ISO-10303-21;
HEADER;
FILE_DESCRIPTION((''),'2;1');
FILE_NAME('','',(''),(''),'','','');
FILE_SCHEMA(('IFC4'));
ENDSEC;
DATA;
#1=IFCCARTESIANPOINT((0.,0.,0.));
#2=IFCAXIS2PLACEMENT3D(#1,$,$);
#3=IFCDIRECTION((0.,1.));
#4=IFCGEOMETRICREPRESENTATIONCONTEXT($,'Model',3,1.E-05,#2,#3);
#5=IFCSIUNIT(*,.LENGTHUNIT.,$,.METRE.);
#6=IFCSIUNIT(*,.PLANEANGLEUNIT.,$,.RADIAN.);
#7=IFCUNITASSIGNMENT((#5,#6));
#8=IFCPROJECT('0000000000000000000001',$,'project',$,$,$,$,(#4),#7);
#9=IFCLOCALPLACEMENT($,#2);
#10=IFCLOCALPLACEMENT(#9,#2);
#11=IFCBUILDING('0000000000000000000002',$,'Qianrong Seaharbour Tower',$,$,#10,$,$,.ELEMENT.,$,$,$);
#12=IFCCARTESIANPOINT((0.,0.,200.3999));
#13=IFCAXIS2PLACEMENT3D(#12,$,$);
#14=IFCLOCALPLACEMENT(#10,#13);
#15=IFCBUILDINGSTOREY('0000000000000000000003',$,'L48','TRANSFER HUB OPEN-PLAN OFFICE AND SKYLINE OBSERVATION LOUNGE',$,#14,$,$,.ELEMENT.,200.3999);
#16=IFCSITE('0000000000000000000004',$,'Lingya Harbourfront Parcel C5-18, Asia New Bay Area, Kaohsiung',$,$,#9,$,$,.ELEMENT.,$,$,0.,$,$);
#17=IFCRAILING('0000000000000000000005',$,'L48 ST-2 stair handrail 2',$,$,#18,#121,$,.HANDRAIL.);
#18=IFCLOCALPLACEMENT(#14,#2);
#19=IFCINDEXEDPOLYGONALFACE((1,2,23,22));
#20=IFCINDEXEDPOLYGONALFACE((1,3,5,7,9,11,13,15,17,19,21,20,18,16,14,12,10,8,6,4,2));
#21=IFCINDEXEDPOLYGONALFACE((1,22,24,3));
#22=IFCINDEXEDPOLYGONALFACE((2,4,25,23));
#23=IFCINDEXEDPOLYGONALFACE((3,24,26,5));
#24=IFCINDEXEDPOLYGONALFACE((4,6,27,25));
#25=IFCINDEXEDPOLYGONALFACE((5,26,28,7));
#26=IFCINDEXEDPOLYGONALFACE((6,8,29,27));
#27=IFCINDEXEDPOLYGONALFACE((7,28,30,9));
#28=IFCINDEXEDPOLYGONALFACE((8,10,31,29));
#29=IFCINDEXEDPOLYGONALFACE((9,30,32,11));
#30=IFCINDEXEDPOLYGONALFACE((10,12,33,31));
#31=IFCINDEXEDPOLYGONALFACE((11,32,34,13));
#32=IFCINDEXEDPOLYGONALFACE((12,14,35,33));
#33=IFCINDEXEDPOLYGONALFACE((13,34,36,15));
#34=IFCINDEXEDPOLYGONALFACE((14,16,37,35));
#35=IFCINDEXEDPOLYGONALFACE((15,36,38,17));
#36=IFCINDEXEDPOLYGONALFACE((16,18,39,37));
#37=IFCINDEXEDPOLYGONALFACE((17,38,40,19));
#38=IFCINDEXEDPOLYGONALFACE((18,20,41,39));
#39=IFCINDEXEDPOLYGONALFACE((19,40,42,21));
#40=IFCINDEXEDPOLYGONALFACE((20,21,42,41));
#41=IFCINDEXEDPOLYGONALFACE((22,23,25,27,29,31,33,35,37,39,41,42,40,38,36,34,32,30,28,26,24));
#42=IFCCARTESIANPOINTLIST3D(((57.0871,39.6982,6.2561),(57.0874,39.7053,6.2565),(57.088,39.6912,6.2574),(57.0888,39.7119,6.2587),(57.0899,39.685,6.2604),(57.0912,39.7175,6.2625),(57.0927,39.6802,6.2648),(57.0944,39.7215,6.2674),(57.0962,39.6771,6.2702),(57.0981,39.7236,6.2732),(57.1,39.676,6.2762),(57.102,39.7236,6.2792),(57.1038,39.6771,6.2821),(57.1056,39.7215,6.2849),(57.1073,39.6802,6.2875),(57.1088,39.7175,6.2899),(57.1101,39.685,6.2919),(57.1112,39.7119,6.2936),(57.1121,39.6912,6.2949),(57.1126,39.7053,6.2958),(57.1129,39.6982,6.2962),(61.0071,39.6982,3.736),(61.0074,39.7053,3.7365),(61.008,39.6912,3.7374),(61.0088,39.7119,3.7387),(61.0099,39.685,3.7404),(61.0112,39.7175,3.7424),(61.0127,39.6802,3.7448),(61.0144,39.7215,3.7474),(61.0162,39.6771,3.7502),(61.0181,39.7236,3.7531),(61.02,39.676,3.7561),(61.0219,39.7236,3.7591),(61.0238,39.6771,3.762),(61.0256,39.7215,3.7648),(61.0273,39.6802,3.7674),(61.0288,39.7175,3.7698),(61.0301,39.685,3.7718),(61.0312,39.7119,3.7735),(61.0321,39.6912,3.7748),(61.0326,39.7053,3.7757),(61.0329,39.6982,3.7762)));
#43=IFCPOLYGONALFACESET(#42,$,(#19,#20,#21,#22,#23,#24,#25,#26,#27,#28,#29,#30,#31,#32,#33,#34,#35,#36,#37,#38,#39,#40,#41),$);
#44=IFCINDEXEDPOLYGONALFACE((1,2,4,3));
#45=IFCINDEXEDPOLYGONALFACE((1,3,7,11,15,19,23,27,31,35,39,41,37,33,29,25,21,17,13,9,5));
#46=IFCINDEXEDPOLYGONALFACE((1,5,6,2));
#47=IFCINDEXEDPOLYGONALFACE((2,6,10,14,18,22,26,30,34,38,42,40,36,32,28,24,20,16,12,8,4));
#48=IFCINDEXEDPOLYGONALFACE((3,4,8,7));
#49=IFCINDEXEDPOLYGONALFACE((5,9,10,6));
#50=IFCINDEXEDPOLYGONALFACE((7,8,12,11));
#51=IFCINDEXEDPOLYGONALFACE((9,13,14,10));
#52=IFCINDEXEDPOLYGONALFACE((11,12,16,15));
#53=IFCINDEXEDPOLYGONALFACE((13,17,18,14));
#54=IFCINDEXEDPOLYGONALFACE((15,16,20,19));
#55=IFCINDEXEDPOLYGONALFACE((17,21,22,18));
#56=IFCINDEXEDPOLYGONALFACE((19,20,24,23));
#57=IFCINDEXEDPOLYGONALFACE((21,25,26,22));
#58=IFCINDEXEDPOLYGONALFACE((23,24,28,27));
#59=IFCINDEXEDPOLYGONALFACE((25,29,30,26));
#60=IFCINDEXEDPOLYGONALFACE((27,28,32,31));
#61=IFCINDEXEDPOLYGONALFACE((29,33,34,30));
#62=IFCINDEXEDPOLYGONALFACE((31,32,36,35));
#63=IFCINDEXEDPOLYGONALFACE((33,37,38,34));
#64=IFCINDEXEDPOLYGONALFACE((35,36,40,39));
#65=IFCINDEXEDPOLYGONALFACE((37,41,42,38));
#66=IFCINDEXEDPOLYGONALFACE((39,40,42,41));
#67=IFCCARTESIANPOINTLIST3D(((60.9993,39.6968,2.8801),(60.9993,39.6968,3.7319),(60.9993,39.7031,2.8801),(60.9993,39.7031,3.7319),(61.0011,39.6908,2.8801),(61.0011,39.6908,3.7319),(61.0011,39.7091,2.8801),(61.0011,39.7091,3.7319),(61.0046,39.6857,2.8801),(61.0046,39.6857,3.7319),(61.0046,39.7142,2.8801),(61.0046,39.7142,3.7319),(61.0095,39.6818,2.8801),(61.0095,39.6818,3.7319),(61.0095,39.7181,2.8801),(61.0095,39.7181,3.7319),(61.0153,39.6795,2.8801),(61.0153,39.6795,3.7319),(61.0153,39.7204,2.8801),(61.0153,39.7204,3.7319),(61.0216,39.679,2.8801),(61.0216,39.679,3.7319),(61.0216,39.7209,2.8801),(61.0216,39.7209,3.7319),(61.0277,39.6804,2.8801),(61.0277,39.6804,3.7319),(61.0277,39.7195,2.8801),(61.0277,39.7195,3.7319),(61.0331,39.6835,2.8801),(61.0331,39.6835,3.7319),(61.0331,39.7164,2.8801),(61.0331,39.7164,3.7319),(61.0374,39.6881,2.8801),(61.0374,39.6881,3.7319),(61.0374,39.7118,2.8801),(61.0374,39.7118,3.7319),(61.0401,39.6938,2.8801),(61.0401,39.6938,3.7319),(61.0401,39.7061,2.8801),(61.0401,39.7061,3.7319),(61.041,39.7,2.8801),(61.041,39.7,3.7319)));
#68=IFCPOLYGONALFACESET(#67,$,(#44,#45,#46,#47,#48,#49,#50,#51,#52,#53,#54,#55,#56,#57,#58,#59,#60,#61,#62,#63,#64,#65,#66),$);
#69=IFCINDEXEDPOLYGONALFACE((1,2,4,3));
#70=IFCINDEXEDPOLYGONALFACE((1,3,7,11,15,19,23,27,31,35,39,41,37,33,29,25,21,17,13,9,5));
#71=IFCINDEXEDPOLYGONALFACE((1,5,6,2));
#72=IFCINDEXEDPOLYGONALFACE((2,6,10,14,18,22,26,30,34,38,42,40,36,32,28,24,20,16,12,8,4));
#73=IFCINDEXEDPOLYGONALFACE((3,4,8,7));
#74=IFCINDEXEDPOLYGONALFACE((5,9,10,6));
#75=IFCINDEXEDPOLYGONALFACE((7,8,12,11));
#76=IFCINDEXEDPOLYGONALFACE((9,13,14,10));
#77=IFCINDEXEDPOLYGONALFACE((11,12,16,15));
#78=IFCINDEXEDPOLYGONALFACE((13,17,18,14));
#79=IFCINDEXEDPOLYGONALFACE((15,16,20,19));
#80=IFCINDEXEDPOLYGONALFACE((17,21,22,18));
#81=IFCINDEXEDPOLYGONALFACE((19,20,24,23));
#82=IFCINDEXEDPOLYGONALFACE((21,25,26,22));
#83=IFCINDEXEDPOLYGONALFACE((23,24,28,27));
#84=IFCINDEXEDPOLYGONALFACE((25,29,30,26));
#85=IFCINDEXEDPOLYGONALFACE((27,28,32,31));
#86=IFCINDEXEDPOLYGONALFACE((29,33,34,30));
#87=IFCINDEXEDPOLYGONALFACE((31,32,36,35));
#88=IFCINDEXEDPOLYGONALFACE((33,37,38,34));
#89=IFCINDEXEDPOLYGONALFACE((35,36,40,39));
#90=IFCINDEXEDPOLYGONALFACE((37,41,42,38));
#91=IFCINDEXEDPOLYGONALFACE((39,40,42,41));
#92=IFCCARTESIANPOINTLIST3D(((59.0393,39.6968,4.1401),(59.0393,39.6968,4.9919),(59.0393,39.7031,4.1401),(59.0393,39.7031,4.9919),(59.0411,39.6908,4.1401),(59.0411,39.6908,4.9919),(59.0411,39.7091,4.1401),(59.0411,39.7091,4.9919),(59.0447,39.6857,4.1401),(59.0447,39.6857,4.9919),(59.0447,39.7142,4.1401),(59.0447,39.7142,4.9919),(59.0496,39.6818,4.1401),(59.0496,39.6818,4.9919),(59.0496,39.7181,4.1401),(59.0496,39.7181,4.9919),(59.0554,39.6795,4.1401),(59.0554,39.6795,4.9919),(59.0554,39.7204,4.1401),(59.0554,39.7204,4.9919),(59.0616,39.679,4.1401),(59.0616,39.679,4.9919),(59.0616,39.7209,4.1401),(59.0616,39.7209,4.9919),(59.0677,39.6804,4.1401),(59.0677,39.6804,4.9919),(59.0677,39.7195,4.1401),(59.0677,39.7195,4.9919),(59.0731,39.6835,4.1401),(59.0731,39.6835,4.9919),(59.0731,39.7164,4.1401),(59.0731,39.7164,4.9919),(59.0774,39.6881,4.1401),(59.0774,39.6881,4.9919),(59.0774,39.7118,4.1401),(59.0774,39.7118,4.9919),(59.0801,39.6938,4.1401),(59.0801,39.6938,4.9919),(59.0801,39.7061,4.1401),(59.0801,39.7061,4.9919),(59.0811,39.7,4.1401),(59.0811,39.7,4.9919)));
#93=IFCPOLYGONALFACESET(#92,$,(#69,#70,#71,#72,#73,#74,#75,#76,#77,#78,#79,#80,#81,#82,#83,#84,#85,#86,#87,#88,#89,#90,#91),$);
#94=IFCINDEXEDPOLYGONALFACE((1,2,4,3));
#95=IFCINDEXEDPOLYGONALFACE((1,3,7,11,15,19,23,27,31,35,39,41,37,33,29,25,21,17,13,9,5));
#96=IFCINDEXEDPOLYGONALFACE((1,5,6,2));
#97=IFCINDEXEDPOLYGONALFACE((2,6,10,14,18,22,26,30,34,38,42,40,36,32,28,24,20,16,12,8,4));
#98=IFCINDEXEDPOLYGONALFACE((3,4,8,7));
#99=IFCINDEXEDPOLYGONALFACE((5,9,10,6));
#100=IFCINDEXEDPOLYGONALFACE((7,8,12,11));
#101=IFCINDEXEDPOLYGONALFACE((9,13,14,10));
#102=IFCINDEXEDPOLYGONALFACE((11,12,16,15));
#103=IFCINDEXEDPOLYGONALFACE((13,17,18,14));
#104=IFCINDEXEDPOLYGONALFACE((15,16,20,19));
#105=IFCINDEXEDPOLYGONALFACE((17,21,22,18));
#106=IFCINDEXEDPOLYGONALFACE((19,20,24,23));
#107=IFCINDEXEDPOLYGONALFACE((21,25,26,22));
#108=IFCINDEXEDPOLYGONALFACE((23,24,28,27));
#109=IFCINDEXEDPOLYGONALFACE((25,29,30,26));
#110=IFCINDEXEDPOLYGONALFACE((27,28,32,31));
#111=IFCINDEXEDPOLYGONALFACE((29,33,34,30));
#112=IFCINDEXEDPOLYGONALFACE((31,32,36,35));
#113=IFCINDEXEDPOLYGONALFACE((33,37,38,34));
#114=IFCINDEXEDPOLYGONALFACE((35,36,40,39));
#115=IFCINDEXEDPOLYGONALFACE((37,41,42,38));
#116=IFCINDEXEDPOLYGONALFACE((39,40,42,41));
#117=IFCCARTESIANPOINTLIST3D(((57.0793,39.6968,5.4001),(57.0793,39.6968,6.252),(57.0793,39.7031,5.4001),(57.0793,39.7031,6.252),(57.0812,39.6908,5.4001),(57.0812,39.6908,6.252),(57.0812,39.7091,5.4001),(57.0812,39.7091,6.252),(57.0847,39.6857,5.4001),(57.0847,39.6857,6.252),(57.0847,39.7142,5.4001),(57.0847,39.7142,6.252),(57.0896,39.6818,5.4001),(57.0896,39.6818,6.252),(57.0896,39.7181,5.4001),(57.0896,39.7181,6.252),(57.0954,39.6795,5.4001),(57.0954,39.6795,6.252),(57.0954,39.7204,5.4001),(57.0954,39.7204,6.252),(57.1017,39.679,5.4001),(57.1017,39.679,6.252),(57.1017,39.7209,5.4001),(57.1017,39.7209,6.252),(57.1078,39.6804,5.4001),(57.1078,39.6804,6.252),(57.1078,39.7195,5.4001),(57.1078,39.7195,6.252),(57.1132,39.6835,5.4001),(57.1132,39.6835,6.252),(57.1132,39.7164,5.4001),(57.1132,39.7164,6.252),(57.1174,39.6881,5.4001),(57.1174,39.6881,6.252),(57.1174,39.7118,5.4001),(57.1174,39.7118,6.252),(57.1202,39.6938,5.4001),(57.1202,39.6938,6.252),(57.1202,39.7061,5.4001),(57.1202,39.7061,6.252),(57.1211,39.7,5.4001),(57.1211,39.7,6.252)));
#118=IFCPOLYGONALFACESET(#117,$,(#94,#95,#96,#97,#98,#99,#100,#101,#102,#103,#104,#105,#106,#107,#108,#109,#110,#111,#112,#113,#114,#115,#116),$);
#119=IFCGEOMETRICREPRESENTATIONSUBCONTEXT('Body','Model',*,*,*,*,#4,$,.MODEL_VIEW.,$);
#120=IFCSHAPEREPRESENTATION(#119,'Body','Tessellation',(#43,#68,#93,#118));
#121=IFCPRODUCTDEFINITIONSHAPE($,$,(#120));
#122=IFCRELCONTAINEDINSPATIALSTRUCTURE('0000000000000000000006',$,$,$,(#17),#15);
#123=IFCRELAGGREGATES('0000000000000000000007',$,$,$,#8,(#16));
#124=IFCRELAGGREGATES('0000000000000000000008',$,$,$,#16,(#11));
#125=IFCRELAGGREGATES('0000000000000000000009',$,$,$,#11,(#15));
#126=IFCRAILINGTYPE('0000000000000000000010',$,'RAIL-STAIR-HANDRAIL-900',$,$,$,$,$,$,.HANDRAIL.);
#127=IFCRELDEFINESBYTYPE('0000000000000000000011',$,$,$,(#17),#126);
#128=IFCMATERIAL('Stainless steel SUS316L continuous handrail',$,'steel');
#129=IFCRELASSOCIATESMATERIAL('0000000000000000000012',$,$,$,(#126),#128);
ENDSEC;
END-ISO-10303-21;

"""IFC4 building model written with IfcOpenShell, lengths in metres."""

from ifc_helpers import new_model, si_unit, direction, frame, origin, origin_2d, place, context, subcontext, project, spatial, circle, extrude, material, type_object, element, save


model = new_model("IFC4")

# Units and contexts
model_context = context("Model", 3, precision=1e-05, world=origin(), true_north=direction((0.0, 1.0)))
body_context = subcontext(model_context, "Body", "Model", "MODEL_VIEW")
ifc_project = project(units=[si_unit("LENGTHUNIT", "METRE"), si_unit("PLANEANGLEUNIT", "RADIAN")], contexts=[model_context])

# Site, building, storey
site_placement = place(None, origin())
site = spatial("IfcSite", under=ifc_project, at=site_placement, Name="Lingya Harbourfront Parcel C5-18, Asia New Bay Area, Kaohsiung", CompositionType="ELEMENT", RefElevation=0.0)
building_placement = place(site_placement, origin())
building = spatial("IfcBuilding", under=site, at=building_placement, Name="Qianrong Seaharbour Tower", CompositionType="ELEMENT")
storey_placement = place(building_placement, frame((0.0, 0.0, 200.3999)))
storey = spatial("IfcBuildingStorey", under=building, at=storey_placement, Name="L48", Description="TRANSFER HUB OPEN-PLAN OFFICE AND SKYLINE OBSERVATION LOUNGE", CompositionType="ELEMENT", Elevation=200.3999)

# Railing
ifc_material_1 = material(Name="Stainless steel SUS316L continuous handrail", Category="steel")
railing_type_1 = type_object("IfcRailingType", Name="RAIL-STAIR-HANDRAIL-900", PredefinedType="HANDRAIL", material=ifc_material_1)
railing_1_placement = place(storey_placement, frame((61.02, 39.7, 2.8801)))
element("IfcRailing", 1, at=railing_1_placement, inside=storey, type_object=railing_type_1, Name="L48 ST-2 stair handrail 2", PredefinedType="HANDRAIL", context=body_context, shape_type="SweptSolid", body=[
    extrude(circle(Radius=0.0239, at=origin_2d()), frame((0.0, 0.0, 0.876), z_axis=(-0.841172, 0.0, 0.540768), x_axis=(0.0, -1.0, 0.0)), (0.0, 0.0, 1.0), 4.6602),
    extrude(circle(Radius=0.021, at=origin_2d()), origin(), (0.0, 0.0, 1.0), 0.8518),
    extrude(circle(Radius=0.021, at=origin_2d()), frame((-1.96, 0.0, 1.26)), (0.0, 0.0, 1.0), 0.8518),
    extrude(circle(Radius=0.021, at=origin_2d()), frame((-3.9199, 0.0, 2.52)), (0.0, 0.0, 1.0), 0.8518),
])

save(model, "model.ifc")
